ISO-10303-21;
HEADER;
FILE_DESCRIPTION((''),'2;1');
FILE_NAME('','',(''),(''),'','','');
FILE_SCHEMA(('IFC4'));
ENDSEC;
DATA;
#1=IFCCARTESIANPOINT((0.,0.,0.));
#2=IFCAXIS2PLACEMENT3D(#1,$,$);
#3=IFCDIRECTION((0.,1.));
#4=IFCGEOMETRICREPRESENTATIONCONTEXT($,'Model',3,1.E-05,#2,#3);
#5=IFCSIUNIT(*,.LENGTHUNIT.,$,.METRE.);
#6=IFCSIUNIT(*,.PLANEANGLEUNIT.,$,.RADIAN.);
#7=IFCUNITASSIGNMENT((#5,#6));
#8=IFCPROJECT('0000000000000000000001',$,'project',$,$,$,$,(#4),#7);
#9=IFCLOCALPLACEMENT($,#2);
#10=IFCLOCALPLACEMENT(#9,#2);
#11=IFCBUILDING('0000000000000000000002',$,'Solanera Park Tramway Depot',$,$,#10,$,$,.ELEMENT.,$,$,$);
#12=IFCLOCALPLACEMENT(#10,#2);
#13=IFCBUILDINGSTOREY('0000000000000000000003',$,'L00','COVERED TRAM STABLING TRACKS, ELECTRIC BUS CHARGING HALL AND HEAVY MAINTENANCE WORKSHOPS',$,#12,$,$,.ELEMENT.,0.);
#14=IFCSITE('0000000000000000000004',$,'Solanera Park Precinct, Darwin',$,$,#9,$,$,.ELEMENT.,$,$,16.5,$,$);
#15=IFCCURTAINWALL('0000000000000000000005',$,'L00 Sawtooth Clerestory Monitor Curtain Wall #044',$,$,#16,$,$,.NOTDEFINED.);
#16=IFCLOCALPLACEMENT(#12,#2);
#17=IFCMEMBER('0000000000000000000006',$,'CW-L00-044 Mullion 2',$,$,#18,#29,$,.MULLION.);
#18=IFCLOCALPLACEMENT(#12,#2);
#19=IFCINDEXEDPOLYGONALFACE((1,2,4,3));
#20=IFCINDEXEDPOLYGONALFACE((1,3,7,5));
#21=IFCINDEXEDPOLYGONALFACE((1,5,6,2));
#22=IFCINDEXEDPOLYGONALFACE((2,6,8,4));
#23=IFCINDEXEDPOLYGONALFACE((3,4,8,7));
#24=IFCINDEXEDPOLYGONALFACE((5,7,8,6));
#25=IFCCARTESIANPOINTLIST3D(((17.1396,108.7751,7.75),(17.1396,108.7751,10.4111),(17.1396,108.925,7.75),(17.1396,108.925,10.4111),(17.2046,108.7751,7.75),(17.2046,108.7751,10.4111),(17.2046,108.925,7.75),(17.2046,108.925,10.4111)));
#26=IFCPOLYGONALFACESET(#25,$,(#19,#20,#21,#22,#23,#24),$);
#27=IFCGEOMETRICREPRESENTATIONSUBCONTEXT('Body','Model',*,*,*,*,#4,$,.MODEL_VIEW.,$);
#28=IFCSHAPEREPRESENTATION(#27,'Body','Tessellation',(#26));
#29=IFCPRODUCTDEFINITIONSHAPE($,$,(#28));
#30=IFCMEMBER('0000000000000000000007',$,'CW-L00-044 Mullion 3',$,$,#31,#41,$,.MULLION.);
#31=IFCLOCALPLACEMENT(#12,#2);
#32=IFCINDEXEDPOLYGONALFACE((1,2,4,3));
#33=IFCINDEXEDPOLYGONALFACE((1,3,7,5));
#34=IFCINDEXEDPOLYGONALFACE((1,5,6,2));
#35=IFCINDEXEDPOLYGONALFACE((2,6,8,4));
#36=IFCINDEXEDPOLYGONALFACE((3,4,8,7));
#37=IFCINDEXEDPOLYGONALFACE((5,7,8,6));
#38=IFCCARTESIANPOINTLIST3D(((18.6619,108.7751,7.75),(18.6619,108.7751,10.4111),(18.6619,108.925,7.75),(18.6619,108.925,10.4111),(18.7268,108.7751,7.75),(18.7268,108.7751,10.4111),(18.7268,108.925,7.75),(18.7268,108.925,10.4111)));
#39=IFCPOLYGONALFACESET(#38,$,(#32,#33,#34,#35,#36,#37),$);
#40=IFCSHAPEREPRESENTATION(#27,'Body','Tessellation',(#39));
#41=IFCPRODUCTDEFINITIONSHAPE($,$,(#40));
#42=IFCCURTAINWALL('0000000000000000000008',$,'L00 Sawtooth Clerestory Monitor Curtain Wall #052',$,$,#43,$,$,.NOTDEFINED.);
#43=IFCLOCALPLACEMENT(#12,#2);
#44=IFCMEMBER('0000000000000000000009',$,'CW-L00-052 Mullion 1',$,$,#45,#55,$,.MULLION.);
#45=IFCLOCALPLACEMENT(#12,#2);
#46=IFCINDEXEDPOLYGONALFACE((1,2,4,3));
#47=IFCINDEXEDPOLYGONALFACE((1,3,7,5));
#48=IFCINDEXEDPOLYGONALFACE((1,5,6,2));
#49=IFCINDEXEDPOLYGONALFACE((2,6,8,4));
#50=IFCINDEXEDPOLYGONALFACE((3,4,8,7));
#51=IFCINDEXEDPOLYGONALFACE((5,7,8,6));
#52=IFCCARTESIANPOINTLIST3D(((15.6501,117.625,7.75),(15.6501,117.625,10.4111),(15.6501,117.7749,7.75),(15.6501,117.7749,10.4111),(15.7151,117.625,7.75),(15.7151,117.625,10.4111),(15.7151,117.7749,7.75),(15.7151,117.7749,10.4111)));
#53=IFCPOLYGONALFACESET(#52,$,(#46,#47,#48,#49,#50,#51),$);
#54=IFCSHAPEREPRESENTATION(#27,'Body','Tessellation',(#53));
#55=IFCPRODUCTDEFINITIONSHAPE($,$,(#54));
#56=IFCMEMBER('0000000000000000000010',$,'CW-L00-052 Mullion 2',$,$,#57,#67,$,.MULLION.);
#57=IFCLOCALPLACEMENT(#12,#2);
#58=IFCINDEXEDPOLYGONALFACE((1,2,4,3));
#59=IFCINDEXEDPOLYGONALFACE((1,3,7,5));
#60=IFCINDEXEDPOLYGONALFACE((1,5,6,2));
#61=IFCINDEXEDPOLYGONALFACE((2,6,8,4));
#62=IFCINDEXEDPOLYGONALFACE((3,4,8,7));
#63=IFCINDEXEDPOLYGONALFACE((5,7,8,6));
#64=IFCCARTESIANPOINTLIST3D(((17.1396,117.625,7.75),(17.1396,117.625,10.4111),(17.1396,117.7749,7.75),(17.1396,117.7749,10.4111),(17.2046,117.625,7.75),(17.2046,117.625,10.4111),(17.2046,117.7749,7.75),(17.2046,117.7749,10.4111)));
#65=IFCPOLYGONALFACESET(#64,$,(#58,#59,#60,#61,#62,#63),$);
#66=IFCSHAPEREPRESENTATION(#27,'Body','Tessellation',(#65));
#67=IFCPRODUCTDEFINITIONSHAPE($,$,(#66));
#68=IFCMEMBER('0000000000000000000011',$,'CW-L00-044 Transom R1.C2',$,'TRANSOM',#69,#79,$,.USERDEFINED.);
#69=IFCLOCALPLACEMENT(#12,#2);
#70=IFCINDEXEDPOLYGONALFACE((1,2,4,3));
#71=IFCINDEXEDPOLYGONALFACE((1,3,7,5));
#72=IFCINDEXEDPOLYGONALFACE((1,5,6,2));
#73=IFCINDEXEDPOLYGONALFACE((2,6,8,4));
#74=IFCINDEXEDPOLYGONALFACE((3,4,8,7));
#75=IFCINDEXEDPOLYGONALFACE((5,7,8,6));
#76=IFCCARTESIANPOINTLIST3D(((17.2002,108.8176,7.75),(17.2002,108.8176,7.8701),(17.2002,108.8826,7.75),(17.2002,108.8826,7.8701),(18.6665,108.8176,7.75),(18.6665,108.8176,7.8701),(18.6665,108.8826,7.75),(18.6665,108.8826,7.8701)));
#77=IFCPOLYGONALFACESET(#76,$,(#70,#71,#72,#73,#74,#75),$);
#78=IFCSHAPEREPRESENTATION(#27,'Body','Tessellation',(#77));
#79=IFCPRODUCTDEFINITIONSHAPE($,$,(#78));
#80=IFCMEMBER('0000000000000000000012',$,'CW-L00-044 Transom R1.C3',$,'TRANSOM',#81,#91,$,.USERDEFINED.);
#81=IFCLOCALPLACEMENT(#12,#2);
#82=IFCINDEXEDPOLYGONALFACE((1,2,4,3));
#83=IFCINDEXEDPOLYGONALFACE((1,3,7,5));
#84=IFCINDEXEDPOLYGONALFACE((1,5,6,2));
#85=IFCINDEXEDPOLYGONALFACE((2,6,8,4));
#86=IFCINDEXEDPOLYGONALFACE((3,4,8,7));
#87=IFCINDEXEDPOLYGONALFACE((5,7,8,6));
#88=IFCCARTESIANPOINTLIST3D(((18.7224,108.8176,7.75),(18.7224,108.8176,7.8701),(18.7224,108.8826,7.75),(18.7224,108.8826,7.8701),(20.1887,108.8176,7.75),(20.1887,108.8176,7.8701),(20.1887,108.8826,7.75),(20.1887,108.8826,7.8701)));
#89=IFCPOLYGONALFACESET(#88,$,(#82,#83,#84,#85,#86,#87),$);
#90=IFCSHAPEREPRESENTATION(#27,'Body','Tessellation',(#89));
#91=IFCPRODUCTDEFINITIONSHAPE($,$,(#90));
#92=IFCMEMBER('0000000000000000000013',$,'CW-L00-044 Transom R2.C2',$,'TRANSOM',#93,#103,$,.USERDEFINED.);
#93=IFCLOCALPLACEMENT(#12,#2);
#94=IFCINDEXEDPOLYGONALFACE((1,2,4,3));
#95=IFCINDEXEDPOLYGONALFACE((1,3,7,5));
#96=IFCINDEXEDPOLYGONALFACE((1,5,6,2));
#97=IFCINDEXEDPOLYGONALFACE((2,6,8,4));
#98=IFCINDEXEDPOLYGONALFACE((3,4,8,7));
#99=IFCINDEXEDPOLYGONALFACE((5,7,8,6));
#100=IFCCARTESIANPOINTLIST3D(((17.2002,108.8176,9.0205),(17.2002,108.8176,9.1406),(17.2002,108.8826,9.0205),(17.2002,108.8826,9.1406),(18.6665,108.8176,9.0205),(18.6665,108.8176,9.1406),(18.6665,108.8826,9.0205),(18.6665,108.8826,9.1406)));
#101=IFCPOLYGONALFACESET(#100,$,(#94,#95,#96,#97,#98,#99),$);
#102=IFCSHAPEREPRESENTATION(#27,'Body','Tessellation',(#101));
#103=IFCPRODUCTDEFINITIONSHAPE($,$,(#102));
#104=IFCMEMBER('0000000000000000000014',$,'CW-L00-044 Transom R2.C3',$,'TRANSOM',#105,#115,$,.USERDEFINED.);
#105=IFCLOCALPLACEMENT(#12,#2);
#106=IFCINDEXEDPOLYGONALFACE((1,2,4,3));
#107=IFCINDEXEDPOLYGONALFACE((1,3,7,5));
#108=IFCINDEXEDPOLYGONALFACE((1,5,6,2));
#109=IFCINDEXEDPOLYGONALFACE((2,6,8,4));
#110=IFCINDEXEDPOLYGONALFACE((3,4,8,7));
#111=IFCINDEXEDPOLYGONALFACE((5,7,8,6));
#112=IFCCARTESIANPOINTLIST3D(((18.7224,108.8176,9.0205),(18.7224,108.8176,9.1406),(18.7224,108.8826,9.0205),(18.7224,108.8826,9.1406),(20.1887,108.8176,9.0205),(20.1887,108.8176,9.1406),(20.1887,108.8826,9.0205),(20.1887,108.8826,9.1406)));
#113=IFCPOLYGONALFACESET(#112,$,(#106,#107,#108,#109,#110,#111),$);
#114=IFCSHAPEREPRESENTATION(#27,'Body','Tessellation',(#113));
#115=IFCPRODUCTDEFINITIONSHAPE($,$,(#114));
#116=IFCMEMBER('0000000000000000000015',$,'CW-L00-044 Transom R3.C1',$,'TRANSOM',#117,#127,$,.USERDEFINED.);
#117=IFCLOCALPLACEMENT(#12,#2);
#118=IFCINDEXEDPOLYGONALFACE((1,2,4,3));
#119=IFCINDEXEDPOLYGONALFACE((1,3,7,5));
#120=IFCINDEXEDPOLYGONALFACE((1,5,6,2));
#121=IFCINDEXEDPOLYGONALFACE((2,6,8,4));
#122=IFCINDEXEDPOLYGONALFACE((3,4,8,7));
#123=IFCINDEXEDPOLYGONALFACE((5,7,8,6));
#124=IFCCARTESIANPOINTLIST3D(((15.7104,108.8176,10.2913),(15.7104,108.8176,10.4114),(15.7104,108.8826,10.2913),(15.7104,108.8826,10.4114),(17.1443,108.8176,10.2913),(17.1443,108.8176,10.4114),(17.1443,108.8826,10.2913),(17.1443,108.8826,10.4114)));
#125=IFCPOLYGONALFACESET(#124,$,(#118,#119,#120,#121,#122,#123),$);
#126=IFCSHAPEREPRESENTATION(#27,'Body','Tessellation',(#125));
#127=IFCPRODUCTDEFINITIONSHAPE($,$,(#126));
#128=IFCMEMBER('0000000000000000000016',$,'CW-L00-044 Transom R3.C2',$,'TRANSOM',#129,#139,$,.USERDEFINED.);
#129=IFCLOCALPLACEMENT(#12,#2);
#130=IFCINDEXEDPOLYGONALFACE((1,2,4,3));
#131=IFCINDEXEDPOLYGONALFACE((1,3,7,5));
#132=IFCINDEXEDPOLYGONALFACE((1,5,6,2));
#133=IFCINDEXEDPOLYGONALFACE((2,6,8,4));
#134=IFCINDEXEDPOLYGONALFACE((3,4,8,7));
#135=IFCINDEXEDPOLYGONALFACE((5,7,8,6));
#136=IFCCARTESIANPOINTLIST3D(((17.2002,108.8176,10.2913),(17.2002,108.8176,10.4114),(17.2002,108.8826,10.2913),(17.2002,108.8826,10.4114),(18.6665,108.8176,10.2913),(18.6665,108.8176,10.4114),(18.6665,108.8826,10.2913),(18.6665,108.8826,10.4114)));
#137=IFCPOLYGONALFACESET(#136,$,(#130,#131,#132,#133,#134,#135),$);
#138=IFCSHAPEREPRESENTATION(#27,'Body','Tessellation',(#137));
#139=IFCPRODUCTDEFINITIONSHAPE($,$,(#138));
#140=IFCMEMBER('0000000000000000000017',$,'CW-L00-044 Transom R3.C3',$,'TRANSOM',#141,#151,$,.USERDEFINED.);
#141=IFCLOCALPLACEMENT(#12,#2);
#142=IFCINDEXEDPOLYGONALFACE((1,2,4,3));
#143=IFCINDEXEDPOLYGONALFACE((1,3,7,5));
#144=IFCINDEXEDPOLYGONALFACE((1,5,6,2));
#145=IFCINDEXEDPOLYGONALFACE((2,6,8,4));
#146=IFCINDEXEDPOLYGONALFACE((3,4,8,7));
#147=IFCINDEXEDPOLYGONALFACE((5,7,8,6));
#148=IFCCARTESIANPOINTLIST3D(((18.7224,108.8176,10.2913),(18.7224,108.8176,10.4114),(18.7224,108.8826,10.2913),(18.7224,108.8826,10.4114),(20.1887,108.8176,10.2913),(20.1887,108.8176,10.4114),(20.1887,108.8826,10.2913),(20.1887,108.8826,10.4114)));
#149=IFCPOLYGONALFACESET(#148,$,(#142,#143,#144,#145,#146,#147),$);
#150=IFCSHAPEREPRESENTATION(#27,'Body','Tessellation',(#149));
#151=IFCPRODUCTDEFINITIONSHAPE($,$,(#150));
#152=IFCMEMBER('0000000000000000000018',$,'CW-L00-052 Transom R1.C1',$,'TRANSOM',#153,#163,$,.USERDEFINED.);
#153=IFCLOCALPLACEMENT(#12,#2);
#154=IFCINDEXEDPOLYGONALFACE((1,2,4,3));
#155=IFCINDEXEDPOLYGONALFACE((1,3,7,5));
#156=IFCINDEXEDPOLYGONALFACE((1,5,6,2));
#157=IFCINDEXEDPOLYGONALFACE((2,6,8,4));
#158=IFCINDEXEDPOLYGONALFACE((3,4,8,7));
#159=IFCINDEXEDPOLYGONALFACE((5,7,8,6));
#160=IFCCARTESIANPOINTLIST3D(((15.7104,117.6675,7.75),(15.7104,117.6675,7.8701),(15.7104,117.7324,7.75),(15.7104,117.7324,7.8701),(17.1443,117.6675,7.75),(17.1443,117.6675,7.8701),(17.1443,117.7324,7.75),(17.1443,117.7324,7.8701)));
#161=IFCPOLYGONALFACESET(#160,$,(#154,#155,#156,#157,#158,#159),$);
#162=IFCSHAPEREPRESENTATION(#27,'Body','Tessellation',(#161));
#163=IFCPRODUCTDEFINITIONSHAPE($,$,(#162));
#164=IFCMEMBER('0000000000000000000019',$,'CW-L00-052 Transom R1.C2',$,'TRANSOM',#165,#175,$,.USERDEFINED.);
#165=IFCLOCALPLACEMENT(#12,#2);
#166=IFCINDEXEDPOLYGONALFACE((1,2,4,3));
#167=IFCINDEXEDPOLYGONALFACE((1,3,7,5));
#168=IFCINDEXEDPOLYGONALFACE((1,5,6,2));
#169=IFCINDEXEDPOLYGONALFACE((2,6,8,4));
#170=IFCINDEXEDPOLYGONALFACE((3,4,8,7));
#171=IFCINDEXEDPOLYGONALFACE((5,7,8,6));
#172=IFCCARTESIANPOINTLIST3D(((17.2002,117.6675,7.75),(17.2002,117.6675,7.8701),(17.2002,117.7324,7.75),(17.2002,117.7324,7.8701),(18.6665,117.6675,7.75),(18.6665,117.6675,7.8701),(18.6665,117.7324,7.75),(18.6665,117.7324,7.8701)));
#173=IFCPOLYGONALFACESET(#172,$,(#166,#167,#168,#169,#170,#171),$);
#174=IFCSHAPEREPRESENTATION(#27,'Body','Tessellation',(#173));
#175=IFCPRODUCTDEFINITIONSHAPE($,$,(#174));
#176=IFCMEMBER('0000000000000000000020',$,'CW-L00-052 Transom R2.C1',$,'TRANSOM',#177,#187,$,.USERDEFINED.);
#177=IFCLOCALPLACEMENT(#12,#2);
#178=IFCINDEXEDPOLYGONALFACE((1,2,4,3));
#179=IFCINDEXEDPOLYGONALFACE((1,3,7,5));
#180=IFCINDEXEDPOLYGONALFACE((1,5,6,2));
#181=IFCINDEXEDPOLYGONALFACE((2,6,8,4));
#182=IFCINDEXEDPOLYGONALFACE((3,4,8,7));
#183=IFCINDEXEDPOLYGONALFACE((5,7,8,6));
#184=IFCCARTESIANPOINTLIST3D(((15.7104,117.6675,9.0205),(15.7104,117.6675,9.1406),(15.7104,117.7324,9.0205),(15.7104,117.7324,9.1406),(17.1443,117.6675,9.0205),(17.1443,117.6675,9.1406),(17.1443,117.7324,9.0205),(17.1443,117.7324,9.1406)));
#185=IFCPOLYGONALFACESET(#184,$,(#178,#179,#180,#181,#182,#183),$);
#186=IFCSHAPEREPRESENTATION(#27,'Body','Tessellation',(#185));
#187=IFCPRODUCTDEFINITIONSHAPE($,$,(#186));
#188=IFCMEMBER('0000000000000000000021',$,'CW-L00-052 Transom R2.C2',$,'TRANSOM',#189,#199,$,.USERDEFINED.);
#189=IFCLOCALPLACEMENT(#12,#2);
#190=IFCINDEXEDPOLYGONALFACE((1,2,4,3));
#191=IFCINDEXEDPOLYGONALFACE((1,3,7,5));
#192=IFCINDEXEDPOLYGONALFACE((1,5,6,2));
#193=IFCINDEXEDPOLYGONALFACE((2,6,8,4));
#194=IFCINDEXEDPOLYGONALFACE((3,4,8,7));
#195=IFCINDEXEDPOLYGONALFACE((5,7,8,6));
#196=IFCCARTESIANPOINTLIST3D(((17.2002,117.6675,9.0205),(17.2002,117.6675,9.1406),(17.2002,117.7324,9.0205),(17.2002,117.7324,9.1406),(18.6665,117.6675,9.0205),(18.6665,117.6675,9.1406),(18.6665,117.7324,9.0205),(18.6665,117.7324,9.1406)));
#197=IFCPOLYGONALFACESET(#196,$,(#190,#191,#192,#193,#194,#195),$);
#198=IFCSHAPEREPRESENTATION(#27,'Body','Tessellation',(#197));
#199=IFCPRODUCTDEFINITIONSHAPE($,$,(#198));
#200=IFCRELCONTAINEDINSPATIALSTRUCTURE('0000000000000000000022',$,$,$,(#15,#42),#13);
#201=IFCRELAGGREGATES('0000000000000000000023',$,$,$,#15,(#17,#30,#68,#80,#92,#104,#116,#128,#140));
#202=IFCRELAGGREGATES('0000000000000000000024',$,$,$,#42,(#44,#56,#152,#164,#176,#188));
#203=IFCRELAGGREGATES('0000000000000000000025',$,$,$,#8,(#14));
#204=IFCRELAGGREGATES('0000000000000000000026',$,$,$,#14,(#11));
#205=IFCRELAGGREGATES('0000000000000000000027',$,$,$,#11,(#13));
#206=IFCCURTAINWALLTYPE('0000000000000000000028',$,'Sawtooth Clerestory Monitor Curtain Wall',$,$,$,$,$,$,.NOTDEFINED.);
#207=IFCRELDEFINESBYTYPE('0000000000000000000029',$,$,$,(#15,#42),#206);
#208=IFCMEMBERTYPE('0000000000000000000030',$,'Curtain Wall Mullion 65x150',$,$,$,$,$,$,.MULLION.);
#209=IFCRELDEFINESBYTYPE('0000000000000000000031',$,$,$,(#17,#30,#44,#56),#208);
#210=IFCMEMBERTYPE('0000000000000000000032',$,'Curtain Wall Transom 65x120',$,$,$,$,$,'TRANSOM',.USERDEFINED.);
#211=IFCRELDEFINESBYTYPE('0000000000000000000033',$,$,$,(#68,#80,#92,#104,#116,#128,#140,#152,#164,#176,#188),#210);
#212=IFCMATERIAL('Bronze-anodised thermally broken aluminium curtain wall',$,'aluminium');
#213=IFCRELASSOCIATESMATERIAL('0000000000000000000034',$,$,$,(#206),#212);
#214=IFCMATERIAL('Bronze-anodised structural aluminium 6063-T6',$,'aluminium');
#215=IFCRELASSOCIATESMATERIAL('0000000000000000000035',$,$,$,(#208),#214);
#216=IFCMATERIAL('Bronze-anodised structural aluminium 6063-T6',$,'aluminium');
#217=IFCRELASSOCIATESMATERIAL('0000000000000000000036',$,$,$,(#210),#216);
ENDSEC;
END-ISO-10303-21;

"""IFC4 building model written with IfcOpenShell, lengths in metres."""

from ifc_helpers import new_model, si_unit, direction, frame, origin, origin_2d, place, context, subcontext, project, spatial, rectangle, extrude, material, material_profile, profile_set, type_object, element, aggregate, save


model = new_model("IFC4")

# Units and contexts
model_context = context("Model", 3, precision=1e-05, world=origin(), true_north=direction((0.0, 1.0)))
body_context = subcontext(model_context, "Body", "Model", "MODEL_VIEW")
ifc_project = project(units=[si_unit("LENGTHUNIT", "METRE"), si_unit("PLANEANGLEUNIT", "RADIAN")], contexts=[model_context])

# Site, building, storey
site_placement = place(None, origin())
site = spatial("IfcSite", under=ifc_project, at=site_placement, Name="Solanera Park Precinct, Darwin", CompositionType="ELEMENT", RefElevation=16.5)
building_placement = place(site_placement, origin())
building = spatial("IfcBuilding", under=site, at=building_placement, Name="Solanera Park Tramway Depot", CompositionType="ELEMENT")
storey_placement = place(building_placement, origin())
storey = spatial("IfcBuildingStorey", under=building, at=storey_placement, Name="L00", Description="COVERED TRAM STABLING TRACKS, ELECTRIC BUS CHARGING HALL AND HEAVY MAINTENANCE WORKSHOPS", CompositionType="ELEMENT", Elevation=0.0)

# Curtain walls, members
ifc_material_1 = material(Name="Bronze-anodised thermally broken aluminium curtain wall", Category="aluminium")
curtain_wall_type = type_object("IfcCurtainWallType", Name="Sawtooth Clerestory Monitor Curtain Wall", PredefinedType="NOTDEFINED", material=ifc_material_1)
curtain_wall_1_placement = place(storey_placement, origin())
curtain_wall_1 = element("IfcCurtainWall", 1, at=curtain_wall_1_placement, inside=storey, type_object=curtain_wall_type, Name="L00 Sawtooth Clerestory Monitor Curtain Wall #044", PredefinedType="NOTDEFINED")
ifc_material_2 = material(Name="Bronze-anodised structural aluminium 6063-T6", Category="aluminium")
ifc_material_profile_1 = material_profile(ifc_material_2, rectangle(XDim=0.0649, YDim=0.1499, at=origin_2d()), Name="Curtain Wall Mullion 65x150")
ifc_profile_set_1 = profile_set([ifc_material_profile_1], Name="Bronze-anodised structural aluminium 6063-T6")
member_type_1 = type_object("IfcMemberType", Name="Curtain Wall Mullion 65x150", PredefinedType="MULLION", material=ifc_profile_set_1)
member_1_placement = place(storey_placement, frame((17.1721, 108.8501, 7.75), z_axis=(0.0, 0.0, 1.0), x_axis=(1.0, 0.0, 0.0)))
member_1 = element("IfcMember", 2, at=member_1_placement, type_object=member_type_1, Name="CW-L00-044 Mullion 2", PredefinedType="MULLION", context=body_context, shape_type="SweptSolid", body=[
    extrude(rectangle(XDim=0.0649, YDim=0.1499, at=origin_2d()), origin(), (0.0, 0.0, 1.0), 2.6611),
])
member_2_placement = place(storey_placement, frame((18.6943, 108.8501, 7.75), z_axis=(0.0, 0.0, 1.0), x_axis=(1.0, 0.0, 0.0)))
member_2 = element("IfcMember", 3, at=member_2_placement, type_object=member_type_1, Name="CW-L00-044 Mullion 3", PredefinedType="MULLION", context=body_context, shape_type="SweptSolid", body=[
    extrude(rectangle(XDim=0.0649, YDim=0.1499, at=origin_2d()), origin(), (0.0, 0.0, 1.0), 2.6611),
])
curtain_wall_2_placement = place(storey_placement, origin())
curtain_wall_2 = element("IfcCurtainWall", 4, at=curtain_wall_2_placement, inside=storey, type_object=curtain_wall_type, Name="L00 Sawtooth Clerestory Monitor Curtain Wall #052", PredefinedType="NOTDEFINED")
member_3_placement = place(storey_placement, frame((15.6826, 117.7, 7.75), z_axis=(0.0, 0.0, 1.0), x_axis=(1.0, 0.0, 0.0)))
member_3 = element("IfcMember", 5, at=member_3_placement, type_object=member_type_1, Name="CW-L00-052 Mullion 1", PredefinedType="MULLION", context=body_context, shape_type="SweptSolid", body=[
    extrude(rectangle(XDim=0.0649, YDim=0.1499, at=origin_2d()), origin(), (0.0, 0.0, 1.0), 2.6611),
])
member_4_placement = place(storey_placement, frame((17.1721, 117.7, 7.75), z_axis=(0.0, 0.0, 1.0), x_axis=(1.0, 0.0, 0.0)))
member_4 = element("IfcMember", 6, at=member_4_placement, type_object=member_type_1, Name="CW-L00-052 Mullion 2", PredefinedType="MULLION", context=body_context, shape_type="SweptSolid", body=[
    extrude(rectangle(XDim=0.0649, YDim=0.1499, at=origin_2d()), origin(), (0.0, 0.0, 1.0), 2.6611),
])

# Members
ifc_material_3 = material(Name="Bronze-anodised structural aluminium 6063-T6", Category="aluminium")
ifc_material_profile_2 = material_profile(ifc_material_3, rectangle(XDim=0.0649, YDim=0.1201, at=origin_2d()), Name="Curtain Wall Transom 65x120")
ifc_profile_set_2 = profile_set([ifc_material_profile_2], Name="Bronze-anodised structural aluminium 6063-T6")
member_type_2 = type_object("IfcMemberType", Name="Curtain Wall Transom 65x120", ElementType="TRANSOM", PredefinedType="USERDEFINED", material=ifc_profile_set_2)
member_5_placement = place(storey_placement, frame((17.2002, 108.8501, 7.8101), z_axis=(1.0, 0.0, 0.0), x_axis=(0.0, 1.0, 0.0)))
member_5 = element("IfcMember", 7, at=member_5_placement, type_object=member_type_2, Name="CW-L00-044 Transom R1.C2", ObjectType="TRANSOM", PredefinedType="USERDEFINED", context=body_context, shape_type="SweptSolid", body=[
    extrude(rectangle(XDim=0.0649, YDim=0.1201, at=origin_2d()), origin(), (0.0, 0.0, 1.0), 1.4663),
])
member_6_placement = place(storey_placement, frame((18.7224, 108.8501, 7.8101), z_axis=(1.0, 0.0, 0.0), x_axis=(0.0, 1.0, 0.0)))
member_6 = element("IfcMember", 8, at=member_6_placement, type_object=member_type_2, Name="CW-L00-044 Transom R1.C3", ObjectType="TRANSOM", PredefinedType="USERDEFINED", context=body_context, shape_type="SweptSolid", body=[
    extrude(rectangle(XDim=0.0649, YDim=0.1201, at=origin_2d()), origin(), (0.0, 0.0, 1.0), 1.4663),
])
member_7_placement = place(storey_placement, frame((17.2002, 108.8501, 9.0806), z_axis=(1.0, 0.0, 0.0), x_axis=(0.0, 1.0, 0.0)))
member_7 = element("IfcMember", 9, at=member_7_placement, type_object=member_type_2, Name="CW-L00-044 Transom R2.C2", ObjectType="TRANSOM", PredefinedType="USERDEFINED", context=body_context, shape_type="SweptSolid", body=[
    extrude(rectangle(XDim=0.0649, YDim=0.1201, at=origin_2d()), origin(), (0.0, 0.0, 1.0), 1.4663),
])
member_8_placement = place(storey_placement, frame((18.7224, 108.8501, 9.0806), z_axis=(1.0, 0.0, 0.0), x_axis=(0.0, 1.0, 0.0)))
member_8 = element("IfcMember", 10, at=member_8_placement, type_object=member_type_2, Name="CW-L00-044 Transom R2.C3", ObjectType="TRANSOM", PredefinedType="USERDEFINED", context=body_context, shape_type="SweptSolid", body=[
    extrude(rectangle(XDim=0.0649, YDim=0.1201, at=origin_2d()), origin(), (0.0, 0.0, 1.0), 1.4663),
])
member_9_placement = place(storey_placement, frame((15.7104, 108.8501, 10.3513), z_axis=(1.0, 0.0, 0.0), x_axis=(0.0, 1.0, 0.0)))
member_9 = element("IfcMember", 11, at=member_9_placement, type_object=member_type_2, Name="CW-L00-044 Transom R3.C1", ObjectType="TRANSOM", PredefinedType="USERDEFINED", context=body_context, shape_type="SweptSolid", body=[
    extrude(rectangle(XDim=0.0649, YDim=0.1201, at=origin_2d()), origin(), (0.0, 0.0, 1.0), 1.4338),
])
member_10_placement = place(storey_placement, frame((17.2002, 108.8501, 10.3513), z_axis=(1.0, 0.0, 0.0), x_axis=(0.0, 1.0, 0.0)))
member_10 = element("IfcMember", 12, at=member_10_placement, type_object=member_type_2, Name="CW-L00-044 Transom R3.C2", ObjectType="TRANSOM", PredefinedType="USERDEFINED", context=body_context, shape_type="SweptSolid", body=[
    extrude(rectangle(XDim=0.0649, YDim=0.1201, at=origin_2d()), origin(), (0.0, 0.0, 1.0), 1.4663),
])
member_11_placement = place(storey_placement, frame((18.7224, 108.8501, 10.3513), z_axis=(1.0, 0.0, 0.0), x_axis=(0.0, 1.0, 0.0)))
member_11 = element("IfcMember", 13, at=member_11_placement, type_object=member_type_2, Name="CW-L00-044 Transom R3.C3", ObjectType="TRANSOM", PredefinedType="USERDEFINED", context=body_context, shape_type="SweptSolid", body=[
    extrude(rectangle(XDim=0.0649, YDim=0.1201, at=origin_2d()), origin(), (0.0, 0.0, 1.0), 1.4663),
])
member_12_placement = place(storey_placement, frame((15.7104, 117.7, 7.8101), z_axis=(1.0, 0.0, 0.0), x_axis=(0.0, 1.0, 0.0)))
member_12 = element("IfcMember", 14, at=member_12_placement, type_object=member_type_2, Name="CW-L00-052 Transom R1.C1", ObjectType="TRANSOM", PredefinedType="USERDEFINED", context=body_context, shape_type="SweptSolid", body=[
    extrude(rectangle(XDim=0.0649, YDim=0.1201, at=origin_2d()), origin(), (0.0, 0.0, 1.0), 1.4338),
])
member_13_placement = place(storey_placement, frame((17.2002, 117.7, 7.8101), z_axis=(1.0, 0.0, 0.0), x_axis=(0.0, 1.0, 0.0)))
member_13 = element("IfcMember", 15, at=member_13_placement, type_object=member_type_2, Name="CW-L00-052 Transom R1.C2", ObjectType="TRANSOM", PredefinedType="USERDEFINED", context=body_context, shape_type="SweptSolid", body=[
    extrude(rectangle(XDim=0.0649, YDim=0.1201, at=origin_2d()), origin(), (0.0, 0.0, 1.0), 1.4663),
])
member_14_placement = place(storey_placement, frame((15.7104, 117.7, 9.0806), z_axis=(1.0, 0.0, 0.0), x_axis=(0.0, 1.0, 0.0)))
member_14 = element("IfcMember", 16, at=member_14_placement, type_object=member_type_2, Name="CW-L00-052 Transom R2.C1", ObjectType="TRANSOM", PredefinedType="USERDEFINED", context=body_context, shape_type="SweptSolid", body=[
    extrude(rectangle(XDim=0.0649, YDim=0.1201, at=origin_2d()), origin(), (0.0, 0.0, 1.0), 1.4338),
])
member_15_placement = place(storey_placement, frame((17.2002, 117.7, 9.0806), z_axis=(1.0, 0.0, 0.0), x_axis=(0.0, 1.0, 0.0)))
member_15 = element("IfcMember", 17, at=member_15_placement, type_object=member_type_2, Name="CW-L00-052 Transom R2.C2", ObjectType="TRANSOM", PredefinedType="USERDEFINED", context=body_context, shape_type="SweptSolid", body=[
    extrude(rectangle(XDim=0.0649, YDim=0.1201, at=origin_2d()), origin(), (0.0, 0.0, 1.0), 1.4663),
])

aggregate(curtain_wall_1, [member_1, member_2, member_5, member_6, member_7, member_8, member_9, member_10, member_11])
aggregate(curtain_wall_2, [member_3, member_4, member_12, member_13, member_14, member_15])

save(model, "model.ifc")
